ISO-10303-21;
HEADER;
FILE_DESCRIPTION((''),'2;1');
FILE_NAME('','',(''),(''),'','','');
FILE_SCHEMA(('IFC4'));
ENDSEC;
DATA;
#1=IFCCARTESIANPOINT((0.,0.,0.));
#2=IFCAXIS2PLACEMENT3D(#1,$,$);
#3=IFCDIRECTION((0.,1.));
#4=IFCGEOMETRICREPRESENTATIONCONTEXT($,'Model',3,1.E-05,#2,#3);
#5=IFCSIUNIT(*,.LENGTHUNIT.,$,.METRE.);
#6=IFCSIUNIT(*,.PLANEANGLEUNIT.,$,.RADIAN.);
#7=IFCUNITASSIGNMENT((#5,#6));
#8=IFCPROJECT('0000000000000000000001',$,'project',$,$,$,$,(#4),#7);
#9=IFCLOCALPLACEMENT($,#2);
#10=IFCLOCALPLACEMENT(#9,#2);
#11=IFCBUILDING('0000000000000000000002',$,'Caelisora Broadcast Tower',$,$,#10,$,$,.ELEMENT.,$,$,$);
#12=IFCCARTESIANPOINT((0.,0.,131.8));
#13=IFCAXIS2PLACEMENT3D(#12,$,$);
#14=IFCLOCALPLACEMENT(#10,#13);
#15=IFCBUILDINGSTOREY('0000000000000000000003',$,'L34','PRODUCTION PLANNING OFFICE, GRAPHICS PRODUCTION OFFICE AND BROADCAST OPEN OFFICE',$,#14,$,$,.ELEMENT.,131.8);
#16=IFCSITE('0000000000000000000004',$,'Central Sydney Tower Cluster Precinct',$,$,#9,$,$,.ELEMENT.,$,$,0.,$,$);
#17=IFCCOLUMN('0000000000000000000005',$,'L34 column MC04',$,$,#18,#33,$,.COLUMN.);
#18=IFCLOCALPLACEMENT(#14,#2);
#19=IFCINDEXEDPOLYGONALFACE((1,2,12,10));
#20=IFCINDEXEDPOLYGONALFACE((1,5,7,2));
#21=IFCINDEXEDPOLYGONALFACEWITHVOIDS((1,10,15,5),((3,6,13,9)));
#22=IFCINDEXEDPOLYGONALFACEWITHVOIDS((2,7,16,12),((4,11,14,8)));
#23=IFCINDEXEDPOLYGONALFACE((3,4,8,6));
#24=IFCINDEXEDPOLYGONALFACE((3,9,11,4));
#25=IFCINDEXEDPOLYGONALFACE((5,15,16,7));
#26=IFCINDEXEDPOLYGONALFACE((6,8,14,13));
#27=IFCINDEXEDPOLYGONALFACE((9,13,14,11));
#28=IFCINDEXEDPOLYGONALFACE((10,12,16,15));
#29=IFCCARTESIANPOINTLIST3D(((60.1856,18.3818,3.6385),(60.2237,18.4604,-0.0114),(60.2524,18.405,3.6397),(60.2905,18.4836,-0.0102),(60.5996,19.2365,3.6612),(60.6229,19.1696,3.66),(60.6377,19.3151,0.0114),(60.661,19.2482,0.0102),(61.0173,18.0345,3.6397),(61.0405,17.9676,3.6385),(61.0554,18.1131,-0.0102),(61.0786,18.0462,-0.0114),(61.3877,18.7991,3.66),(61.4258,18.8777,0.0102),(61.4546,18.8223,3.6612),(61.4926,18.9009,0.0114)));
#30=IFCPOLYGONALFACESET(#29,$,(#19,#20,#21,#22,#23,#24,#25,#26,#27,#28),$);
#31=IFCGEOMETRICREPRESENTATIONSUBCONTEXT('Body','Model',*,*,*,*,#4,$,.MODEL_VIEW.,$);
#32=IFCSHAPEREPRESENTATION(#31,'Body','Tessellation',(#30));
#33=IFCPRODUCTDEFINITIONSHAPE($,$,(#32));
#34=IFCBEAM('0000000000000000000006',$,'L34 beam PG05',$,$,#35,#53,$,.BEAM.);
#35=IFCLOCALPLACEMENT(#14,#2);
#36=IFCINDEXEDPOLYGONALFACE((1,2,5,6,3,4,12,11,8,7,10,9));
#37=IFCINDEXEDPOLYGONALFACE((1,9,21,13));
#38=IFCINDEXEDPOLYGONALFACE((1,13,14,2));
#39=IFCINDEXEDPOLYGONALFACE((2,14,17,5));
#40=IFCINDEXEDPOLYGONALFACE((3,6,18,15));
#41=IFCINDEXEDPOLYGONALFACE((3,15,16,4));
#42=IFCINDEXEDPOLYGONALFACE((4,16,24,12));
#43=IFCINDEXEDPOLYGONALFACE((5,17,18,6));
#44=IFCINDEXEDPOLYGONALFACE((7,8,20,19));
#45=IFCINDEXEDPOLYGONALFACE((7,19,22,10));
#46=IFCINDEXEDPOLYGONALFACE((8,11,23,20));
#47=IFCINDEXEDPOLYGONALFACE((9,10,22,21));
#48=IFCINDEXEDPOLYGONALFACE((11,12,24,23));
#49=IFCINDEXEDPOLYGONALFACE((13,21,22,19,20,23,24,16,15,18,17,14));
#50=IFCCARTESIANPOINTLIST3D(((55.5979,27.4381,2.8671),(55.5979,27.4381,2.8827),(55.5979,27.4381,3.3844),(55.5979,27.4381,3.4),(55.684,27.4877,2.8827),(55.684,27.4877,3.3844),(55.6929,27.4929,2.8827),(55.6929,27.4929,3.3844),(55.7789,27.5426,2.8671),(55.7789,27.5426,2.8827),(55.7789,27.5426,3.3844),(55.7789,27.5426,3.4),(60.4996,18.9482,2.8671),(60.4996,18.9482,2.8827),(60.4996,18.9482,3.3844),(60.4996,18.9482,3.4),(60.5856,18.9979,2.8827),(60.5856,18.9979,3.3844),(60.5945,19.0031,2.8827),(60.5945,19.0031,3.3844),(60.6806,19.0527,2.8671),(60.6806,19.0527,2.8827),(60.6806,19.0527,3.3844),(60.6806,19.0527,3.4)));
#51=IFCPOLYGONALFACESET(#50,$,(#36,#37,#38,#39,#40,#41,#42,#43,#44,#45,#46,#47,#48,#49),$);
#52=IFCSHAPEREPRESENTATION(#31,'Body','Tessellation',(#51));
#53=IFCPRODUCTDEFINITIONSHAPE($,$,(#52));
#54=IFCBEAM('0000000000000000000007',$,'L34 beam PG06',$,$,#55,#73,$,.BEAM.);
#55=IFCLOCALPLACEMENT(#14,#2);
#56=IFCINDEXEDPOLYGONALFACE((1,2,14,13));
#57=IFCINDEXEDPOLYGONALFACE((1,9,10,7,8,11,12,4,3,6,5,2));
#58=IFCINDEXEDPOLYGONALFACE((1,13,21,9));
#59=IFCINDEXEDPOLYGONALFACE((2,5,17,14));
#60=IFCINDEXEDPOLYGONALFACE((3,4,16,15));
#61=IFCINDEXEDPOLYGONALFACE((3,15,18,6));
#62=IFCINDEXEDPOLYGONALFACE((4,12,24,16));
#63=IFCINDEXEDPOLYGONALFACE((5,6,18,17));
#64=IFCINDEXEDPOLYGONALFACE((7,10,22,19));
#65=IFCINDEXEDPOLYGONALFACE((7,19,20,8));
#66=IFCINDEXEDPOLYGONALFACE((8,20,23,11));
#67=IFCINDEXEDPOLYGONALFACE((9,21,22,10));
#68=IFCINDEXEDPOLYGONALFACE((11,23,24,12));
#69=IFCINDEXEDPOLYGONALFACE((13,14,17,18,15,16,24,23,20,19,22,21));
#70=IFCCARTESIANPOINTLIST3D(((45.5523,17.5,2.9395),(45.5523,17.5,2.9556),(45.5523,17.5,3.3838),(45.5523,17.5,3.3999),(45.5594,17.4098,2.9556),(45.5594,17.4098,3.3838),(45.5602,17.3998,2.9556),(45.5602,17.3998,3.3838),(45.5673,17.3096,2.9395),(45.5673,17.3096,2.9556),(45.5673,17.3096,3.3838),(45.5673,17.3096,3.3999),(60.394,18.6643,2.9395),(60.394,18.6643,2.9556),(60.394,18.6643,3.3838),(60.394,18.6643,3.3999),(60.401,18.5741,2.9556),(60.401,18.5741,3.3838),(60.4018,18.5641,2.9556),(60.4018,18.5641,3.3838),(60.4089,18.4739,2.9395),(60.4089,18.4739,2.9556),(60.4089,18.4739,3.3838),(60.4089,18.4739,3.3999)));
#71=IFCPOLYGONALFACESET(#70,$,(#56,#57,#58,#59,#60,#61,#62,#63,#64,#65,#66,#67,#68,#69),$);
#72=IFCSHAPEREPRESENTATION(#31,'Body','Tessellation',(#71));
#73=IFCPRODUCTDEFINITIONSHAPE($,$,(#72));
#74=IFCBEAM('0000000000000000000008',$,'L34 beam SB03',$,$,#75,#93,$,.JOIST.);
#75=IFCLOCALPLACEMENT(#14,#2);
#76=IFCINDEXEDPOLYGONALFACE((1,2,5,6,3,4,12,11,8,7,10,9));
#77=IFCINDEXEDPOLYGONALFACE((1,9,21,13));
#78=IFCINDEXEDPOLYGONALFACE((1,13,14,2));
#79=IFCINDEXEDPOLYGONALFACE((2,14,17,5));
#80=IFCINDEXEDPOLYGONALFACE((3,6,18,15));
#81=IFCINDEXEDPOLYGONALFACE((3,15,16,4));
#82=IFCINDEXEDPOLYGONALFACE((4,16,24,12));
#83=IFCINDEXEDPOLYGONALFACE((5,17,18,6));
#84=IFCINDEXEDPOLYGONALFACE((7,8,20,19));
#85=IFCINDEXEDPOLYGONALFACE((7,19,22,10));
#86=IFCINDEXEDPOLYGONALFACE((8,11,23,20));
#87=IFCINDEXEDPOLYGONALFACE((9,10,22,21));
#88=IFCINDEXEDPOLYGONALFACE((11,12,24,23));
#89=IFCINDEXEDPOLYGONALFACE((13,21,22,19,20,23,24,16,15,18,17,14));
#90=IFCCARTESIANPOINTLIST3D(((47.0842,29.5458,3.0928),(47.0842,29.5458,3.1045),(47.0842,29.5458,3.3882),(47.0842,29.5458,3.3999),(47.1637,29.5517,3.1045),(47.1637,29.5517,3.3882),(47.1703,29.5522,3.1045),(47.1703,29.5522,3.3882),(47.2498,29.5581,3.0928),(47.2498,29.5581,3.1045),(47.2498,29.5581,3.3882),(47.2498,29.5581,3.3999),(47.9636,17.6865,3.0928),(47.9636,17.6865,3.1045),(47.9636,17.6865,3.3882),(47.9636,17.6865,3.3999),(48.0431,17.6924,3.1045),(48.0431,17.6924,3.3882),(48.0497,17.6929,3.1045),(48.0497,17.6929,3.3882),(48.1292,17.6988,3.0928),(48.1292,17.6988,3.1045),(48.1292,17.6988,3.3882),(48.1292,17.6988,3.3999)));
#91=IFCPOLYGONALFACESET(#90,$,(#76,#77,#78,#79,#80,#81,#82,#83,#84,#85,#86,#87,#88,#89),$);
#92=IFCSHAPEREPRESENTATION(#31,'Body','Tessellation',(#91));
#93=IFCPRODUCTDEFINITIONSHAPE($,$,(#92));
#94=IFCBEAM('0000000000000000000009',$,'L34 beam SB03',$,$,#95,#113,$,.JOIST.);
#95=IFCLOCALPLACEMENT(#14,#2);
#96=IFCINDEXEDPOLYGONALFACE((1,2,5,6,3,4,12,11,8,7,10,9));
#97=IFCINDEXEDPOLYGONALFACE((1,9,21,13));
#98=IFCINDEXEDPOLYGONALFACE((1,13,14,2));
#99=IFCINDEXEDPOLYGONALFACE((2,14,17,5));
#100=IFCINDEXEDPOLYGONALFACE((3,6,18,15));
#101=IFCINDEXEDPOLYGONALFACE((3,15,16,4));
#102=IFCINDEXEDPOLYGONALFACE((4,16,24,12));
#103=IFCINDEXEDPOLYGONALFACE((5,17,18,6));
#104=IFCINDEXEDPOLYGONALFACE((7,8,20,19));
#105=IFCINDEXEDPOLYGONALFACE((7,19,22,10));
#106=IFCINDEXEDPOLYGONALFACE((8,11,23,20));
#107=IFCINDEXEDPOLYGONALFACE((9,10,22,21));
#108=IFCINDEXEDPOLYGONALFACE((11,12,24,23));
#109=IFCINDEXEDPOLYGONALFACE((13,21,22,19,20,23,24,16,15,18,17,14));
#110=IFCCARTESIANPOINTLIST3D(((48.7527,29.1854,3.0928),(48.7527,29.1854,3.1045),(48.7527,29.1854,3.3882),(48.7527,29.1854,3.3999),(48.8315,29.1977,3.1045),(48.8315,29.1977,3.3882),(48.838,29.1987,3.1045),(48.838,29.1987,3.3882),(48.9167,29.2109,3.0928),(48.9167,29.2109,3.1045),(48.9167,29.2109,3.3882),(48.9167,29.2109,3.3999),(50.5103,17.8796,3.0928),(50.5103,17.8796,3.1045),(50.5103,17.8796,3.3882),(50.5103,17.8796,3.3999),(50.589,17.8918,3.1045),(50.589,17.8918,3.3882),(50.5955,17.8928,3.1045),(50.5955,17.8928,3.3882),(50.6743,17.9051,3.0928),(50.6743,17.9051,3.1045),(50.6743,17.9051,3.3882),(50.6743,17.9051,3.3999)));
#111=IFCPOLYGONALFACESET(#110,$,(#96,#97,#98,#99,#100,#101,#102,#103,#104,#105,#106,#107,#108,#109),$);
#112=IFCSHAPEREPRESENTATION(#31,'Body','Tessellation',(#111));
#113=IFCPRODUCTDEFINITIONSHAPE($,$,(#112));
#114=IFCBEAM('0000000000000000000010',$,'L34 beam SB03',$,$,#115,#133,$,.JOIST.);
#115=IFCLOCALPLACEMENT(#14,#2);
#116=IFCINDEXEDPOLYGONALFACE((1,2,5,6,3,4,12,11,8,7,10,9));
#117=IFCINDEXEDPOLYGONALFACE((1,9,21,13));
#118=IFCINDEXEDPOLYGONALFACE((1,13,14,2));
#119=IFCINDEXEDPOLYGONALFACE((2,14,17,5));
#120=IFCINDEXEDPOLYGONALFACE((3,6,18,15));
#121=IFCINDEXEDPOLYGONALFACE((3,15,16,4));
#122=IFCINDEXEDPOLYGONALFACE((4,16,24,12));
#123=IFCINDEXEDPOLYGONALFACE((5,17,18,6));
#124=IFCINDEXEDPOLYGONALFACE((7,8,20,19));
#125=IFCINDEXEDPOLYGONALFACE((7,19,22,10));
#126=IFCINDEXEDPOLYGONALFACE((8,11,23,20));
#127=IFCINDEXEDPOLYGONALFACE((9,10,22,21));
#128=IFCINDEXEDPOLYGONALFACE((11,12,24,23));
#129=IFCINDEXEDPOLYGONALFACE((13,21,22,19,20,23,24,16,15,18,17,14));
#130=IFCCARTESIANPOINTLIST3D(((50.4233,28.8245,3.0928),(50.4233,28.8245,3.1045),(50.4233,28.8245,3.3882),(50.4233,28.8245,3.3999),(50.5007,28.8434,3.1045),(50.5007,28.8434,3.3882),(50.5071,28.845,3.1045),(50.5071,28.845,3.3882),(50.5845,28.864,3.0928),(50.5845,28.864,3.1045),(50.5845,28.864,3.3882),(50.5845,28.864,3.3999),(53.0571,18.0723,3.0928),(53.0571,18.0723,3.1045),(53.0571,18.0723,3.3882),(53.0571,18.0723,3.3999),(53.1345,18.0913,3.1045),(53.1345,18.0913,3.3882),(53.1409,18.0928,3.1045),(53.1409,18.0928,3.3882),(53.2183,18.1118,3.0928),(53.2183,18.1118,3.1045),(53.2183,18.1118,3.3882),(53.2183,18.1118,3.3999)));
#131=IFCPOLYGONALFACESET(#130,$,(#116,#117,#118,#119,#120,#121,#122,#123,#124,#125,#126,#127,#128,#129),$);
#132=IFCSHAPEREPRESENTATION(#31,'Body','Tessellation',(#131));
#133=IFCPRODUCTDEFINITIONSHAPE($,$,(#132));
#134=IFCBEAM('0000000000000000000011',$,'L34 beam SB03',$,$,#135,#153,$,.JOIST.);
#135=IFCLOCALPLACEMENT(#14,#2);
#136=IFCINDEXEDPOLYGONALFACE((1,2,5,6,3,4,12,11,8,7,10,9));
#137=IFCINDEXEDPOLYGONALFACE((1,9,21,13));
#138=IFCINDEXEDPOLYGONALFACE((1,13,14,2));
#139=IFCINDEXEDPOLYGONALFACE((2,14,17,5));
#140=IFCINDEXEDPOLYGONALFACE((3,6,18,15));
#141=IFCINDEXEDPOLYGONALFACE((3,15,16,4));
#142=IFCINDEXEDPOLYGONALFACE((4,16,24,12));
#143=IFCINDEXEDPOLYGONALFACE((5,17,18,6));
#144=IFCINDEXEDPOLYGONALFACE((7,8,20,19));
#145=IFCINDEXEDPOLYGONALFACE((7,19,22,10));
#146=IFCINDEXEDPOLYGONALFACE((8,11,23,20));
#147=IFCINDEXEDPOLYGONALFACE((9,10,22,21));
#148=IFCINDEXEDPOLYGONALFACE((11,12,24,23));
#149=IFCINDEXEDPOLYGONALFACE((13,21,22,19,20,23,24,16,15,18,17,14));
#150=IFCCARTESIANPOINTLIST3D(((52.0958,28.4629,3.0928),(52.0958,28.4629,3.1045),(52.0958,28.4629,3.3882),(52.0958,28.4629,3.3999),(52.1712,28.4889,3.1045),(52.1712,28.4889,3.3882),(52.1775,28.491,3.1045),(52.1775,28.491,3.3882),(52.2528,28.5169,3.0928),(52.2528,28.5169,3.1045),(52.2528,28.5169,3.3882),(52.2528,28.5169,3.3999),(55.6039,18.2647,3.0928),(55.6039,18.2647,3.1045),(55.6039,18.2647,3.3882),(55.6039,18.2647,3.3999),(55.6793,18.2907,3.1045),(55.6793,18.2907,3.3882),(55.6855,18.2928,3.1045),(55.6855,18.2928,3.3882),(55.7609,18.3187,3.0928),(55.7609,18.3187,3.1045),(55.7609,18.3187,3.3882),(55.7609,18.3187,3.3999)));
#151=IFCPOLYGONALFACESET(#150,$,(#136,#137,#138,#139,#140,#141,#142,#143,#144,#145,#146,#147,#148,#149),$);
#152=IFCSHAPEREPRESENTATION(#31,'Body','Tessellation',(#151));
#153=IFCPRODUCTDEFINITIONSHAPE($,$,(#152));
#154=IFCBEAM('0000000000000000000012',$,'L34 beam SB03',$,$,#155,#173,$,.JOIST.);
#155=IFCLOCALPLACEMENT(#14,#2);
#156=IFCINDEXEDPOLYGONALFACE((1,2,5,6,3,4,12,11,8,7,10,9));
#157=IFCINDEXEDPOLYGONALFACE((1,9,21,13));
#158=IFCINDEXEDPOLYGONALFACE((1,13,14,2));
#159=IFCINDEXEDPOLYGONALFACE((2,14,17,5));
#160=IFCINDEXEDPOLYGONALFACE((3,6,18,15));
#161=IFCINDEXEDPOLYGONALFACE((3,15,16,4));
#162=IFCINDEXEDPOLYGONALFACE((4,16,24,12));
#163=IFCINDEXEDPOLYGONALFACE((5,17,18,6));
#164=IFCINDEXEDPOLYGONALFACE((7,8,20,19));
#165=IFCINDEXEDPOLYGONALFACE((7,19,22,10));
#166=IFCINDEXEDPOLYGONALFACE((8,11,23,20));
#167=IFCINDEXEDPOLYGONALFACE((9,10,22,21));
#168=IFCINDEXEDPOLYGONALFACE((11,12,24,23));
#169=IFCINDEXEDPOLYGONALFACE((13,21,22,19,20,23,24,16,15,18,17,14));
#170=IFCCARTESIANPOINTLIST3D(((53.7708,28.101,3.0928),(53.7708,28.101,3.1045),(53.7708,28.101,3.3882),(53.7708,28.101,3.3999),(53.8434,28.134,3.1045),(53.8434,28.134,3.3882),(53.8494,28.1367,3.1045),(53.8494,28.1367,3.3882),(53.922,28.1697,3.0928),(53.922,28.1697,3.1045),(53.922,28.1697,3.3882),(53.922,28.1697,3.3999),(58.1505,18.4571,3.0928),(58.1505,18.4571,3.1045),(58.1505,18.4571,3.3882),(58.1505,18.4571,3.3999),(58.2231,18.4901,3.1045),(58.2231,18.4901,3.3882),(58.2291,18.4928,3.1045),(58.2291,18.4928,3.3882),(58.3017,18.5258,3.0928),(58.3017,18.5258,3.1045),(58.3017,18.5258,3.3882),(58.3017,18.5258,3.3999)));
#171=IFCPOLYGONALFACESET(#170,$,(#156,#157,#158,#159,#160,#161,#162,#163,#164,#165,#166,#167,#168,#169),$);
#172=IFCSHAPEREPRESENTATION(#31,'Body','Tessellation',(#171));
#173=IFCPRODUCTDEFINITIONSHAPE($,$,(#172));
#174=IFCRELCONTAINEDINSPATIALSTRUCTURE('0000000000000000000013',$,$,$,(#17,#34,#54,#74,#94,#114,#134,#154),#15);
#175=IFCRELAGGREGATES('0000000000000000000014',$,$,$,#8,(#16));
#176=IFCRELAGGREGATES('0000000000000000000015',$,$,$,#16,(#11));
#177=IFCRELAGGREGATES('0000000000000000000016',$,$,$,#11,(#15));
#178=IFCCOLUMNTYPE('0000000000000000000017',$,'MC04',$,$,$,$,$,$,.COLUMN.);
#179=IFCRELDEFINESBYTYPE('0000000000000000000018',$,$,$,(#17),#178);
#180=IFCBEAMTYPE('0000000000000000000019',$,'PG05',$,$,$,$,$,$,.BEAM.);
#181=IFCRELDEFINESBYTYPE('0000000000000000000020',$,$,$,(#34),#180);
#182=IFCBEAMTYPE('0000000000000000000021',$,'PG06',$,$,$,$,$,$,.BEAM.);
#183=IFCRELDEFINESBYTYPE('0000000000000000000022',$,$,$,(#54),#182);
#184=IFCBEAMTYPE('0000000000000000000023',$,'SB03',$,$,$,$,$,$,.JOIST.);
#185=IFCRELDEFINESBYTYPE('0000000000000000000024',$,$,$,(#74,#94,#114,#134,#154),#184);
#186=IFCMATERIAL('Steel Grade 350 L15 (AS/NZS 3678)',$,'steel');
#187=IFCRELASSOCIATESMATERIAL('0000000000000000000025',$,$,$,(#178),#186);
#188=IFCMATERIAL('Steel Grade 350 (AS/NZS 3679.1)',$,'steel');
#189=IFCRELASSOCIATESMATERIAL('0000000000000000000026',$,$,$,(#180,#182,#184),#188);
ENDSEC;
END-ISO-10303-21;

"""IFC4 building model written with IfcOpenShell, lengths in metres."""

from ifc_helpers import new_model, si_unit, direction, frame, origin, origin_2d, place, context, subcontext, project, spatial, hollow_rectangle, i_section, extrude, source, transform, mapped, material, material_profile, profile_set, type_object, type_shapes, element, save


model = new_model("IFC4")

# Units and contexts
model_context = context("Model", 3, precision=1e-05, world=origin(), true_north=direction((0.0, 1.0)))
body_context = subcontext(model_context, "Body", "Model", "MODEL_VIEW")
ifc_project = project(units=[si_unit("LENGTHUNIT", "METRE"), si_unit("PLANEANGLEUNIT", "RADIAN")], contexts=[model_context])

# Site, building, storey
site_placement = place(None, origin())
site = spatial("IfcSite", under=ifc_project, at=site_placement, Name="Central Sydney Tower Cluster Precinct", CompositionType="ELEMENT", RefElevation=0.0)
building_placement = place(site_placement, origin())
building = spatial("IfcBuilding", under=site, at=building_placement, Name="Caelisora Broadcast Tower", CompositionType="ELEMENT")
storey_placement = place(building_placement, frame((0.0, 0.0, 131.8)))
storey = spatial("IfcBuildingStorey", under=building, at=storey_placement, Name="L34", Description="PRODUCTION PLANNING OFFICE, GRAPHICS PRODUCTION OFFICE AND BROADCAST OPEN OFFICE", CompositionType="ELEMENT", Elevation=131.8)

# Column
ifc_material_1 = material(Name="Steel Grade 350 L15 (AS/NZS 3678)", Category="steel")
ifc_material_profile_1 = material_profile(ifc_material_1, hollow_rectangle(XDim=0.95, YDim=0.95, WallThickness=0.05, at=origin_2d()), Name="Steel Grade 350 L15 (AS/NZS 3678)")
ifc_profile_set_1 = profile_set([ifc_material_profile_1], Name="Steel Grade 350 L15 (AS/NZS 3678)")
column_type = type_object("IfcColumnType", Name="MC04", PredefinedType="COLUMN", material=ifc_profile_set_1)
shared_shape_1 = source(origin(), body_context, "Body", "SweptSolid", [
    extrude(hollow_rectangle(XDim=0.95, YDim=0.95, WallThickness=0.05, at=origin_2d()), origin(), (0.0, 0.0, 1.0), 3.6509),
])
type_shapes(column_type, [shared_shape_1])
column_placement = place(storey_placement, frame((60.8582, 18.6807, 0.0), z_axis=(-0.010432, -0.021532, 0.999714), x_axis=(0.899947, -0.435999, 0.0)))
element("IfcColumn", 1, at=column_placement, inside=storey, type_object=column_type, Name="L34 column MC04", PredefinedType="COLUMN", context=body_context, shape_type="MappedRepresentation", body=[
    mapped(shared_shape_1, transform((0.0, 0.0, 0.0), scale=1.0)),
])

# Beams
ifc_material_2 = material(Name="Steel Grade 350 (AS/NZS 3679.1)", Category="steel")
ifc_material_profile_2 = material_profile(ifc_material_2, i_section(OverallWidth=0.209, OverallDepth=0.533, WebThickness=0.0103, FlangeThickness=0.0156, at=origin_2d()), Name="Steel Grade 350 (AS/NZS 3679.1)")
ifc_profile_set_2 = profile_set([ifc_material_profile_2], Name="Steel Grade 350 (AS/NZS 3679.1)")
beam_type_1 = type_object("IfcBeamType", Name="PG05", PredefinedType="BEAM", material=ifc_profile_set_2)
shared_shape_2 = source(origin(), body_context, "Body", "SweptSolid", [
    extrude(i_section(OverallWidth=0.209, OverallDepth=0.533, WebThickness=0.0103, FlangeThickness=0.0156, at=origin_2d()), origin(), (0.0, 0.0, 1.0), 9.8032),
])
type_shapes(beam_type_1, [shared_shape_2])
beam_1_placement = place(storey_placement, frame((60.5901, 19.0005, 3.1335), z_axis=(-0.500004, 0.866023, 0.0), x_axis=(-0.866023, -0.500004, 0.0)))
element("IfcBeam", 2, at=beam_1_placement, inside=storey, type_object=beam_type_1, Name="L34 beam PG05", PredefinedType="BEAM", context=body_context, shape_type="MappedRepresentation", body=[
    mapped(shared_shape_2, transform((0.0, 0.0, 0.0), scale=1.0)),
])
ifc_material_profile_3 = material_profile(ifc_material_2, i_section(OverallWidth=0.1909, OverallDepth=0.4604, WebThickness=0.01, FlangeThickness=0.0161, at=origin_2d()), Name="Steel Grade 350 (AS/NZS 3679.1)")
ifc_profile_set_3 = profile_set([ifc_material_profile_3], Name="Steel Grade 350 (AS/NZS 3679.1)")
beam_type_2 = type_object("IfcBeamType", Name="PG06", PredefinedType="BEAM", material=ifc_profile_set_3)
shared_shape_3 = source(origin(), body_context, "Body", "SweptSolid", [
    extrude(i_section(OverallWidth=0.1909, OverallDepth=0.4604, WebThickness=0.01, FlangeThickness=0.0161, at=origin_2d()), origin(), (0.0, 0.0, 1.0), 14.8872),
])
type_shapes(beam_type_2, [shared_shape_3])
beam_2_placement = place(storey_placement, frame((45.5598, 17.4048, 3.1697), z_axis=(0.996937, 0.078209, 0.0), x_axis=(-0.078209, 0.996937, 0.0)))
element("IfcBeam", 3, at=beam_2_placement, inside=storey, type_object=beam_type_2, Name="L34 beam PG06", PredefinedType="BEAM", context=body_context, shape_type="MappedRepresentation", body=[
    mapped(shared_shape_3, transform((0.0, 0.0, 0.0), scale=1.0)),
])
ifc_material_profile_4 = material_profile(ifc_material_2, i_section(OverallWidth=0.166, OverallDepth=0.3071, WebThickness=0.0066, FlangeThickness=0.0117, at=origin_2d()), Name="Steel Grade 350 (AS/NZS 3679.1)")
ifc_profile_set_4 = profile_set([ifc_material_profile_4], Name="Steel Grade 350 (AS/NZS 3679.1)")
beam_type_3 = type_object("IfcBeamType", Name="SB03", PredefinedType="JOIST", material=ifc_profile_set_4)
shared_shape_4 = source(origin(), body_context, "Body", "SweptSolid", [
    extrude(i_section(OverallWidth=0.166, OverallDepth=0.3071, WebThickness=0.0066, FlangeThickness=0.0117, at=origin_2d()), origin(), (0.0, 0.0, 1.0), 11.8918),
])
beam_3_placement = place(storey_placement, frame((48.0464, 17.6926, 3.2463), z_axis=(-0.073949, 0.997262, 0.0), x_axis=(-0.997262, -0.073949, 0.0)))
element("IfcBeam", 4, at=beam_3_placement, inside=storey, type_object=beam_type_3, Name="L34 beam SB03", PredefinedType="JOIST", context=body_context, shape_type="MappedRepresentation", body=[
    mapped(shared_shape_4, transform((0.0, 0.0, 0.0), scale=1.0)),
])
shared_shape_5 = source(origin(), body_context, "Body", "SweptSolid", [
    extrude(i_section(OverallWidth=0.166, OverallDepth=0.3071, WebThickness=0.0066, FlangeThickness=0.0117, at=origin_2d()), origin(), (0.0, 0.0, 1.0), 11.4417),
])
beam_4_placement = place(storey_placement, frame((50.5923, 17.8923, 3.2463), z_axis=(-0.153611, 0.988131, 0.0), x_axis=(-0.988131, -0.153611, 0.0)))
element("IfcBeam", 5, at=beam_4_placement, inside=storey, type_object=beam_type_3, Name="L34 beam SB03", PredefinedType="JOIST", context=body_context, shape_type="MappedRepresentation", body=[
    mapped(shared_shape_5, transform((0.0, 0.0, 0.0), scale=1.0)),
])
shared_shape_6 = source(origin(), body_context, "Body", "SweptSolid", [
    extrude(i_section(OverallWidth=0.166, OverallDepth=0.3071, WebThickness=0.0066, FlangeThickness=0.0117, at=origin_2d()), origin(), (0.0, 0.0, 1.0), 11.0701),
])
beam_5_placement = place(storey_placement, frame((53.1377, 18.092, 3.2463), z_axis=(-0.23792, 0.971285, 0.0), x_axis=(-0.971285, -0.23792, 0.0)))
element("IfcBeam", 6, at=beam_5_placement, inside=storey, type_object=beam_type_3, Name="L34 beam SB03", PredefinedType="JOIST", context=body_context, shape_type="MappedRepresentation", body=[
    mapped(shared_shape_6, transform((0.0, 0.0, 0.0), scale=1.0)),
])
shared_shape_7 = source(origin(), body_context, "Body", "SweptSolid", [
    extrude(i_section(OverallWidth=0.166, OverallDepth=0.3071, WebThickness=0.0066, FlangeThickness=0.0117, at=origin_2d()), origin(), (0.0, 0.0, 1.0), 10.7847),
])
beam_6_placement = place(storey_placement, frame((55.6824, 18.2917, 3.2463), z_axis=(-0.32528, 0.945618, 0.0), x_axis=(-0.945618, -0.32528, 0.0)))
element("IfcBeam", 7, at=beam_6_placement, inside=storey, type_object=beam_type_3, Name="L34 beam SB03", PredefinedType="JOIST", context=body_context, shape_type="MappedRepresentation", body=[
    mapped(shared_shape_7, transform((0.0, 0.0, 0.0), scale=1.0)),
])
shared_shape_8 = source(origin(), body_context, "Body", "SweptSolid", [
    extrude(i_section(OverallWidth=0.166, OverallDepth=0.3071, WebThickness=0.0066, FlangeThickness=0.0117, at=origin_2d()), origin(), (0.0, 0.0, 1.0), 10.5918),
])
type_shapes(beam_type_3, [shared_shape_4, shared_shape_5, shared_shape_6, shared_shape_7, shared_shape_8])
beam_7_placement = place(storey_placement, frame((58.2261, 18.4915, 3.2463), z_axis=(-0.413497, 0.910505, 0.0), x_axis=(-0.910505, -0.413497, 0.0)))
element("IfcBeam", 8, at=beam_7_placement, inside=storey, type_object=beam_type_3, Name="L34 beam SB03", PredefinedType="JOIST", context=body_context, shape_type="MappedRepresentation", body=[
    mapped(shared_shape_8, transform((0.0, 0.0, 0.0), scale=1.0)),
])

save(model, "model.ifc")
